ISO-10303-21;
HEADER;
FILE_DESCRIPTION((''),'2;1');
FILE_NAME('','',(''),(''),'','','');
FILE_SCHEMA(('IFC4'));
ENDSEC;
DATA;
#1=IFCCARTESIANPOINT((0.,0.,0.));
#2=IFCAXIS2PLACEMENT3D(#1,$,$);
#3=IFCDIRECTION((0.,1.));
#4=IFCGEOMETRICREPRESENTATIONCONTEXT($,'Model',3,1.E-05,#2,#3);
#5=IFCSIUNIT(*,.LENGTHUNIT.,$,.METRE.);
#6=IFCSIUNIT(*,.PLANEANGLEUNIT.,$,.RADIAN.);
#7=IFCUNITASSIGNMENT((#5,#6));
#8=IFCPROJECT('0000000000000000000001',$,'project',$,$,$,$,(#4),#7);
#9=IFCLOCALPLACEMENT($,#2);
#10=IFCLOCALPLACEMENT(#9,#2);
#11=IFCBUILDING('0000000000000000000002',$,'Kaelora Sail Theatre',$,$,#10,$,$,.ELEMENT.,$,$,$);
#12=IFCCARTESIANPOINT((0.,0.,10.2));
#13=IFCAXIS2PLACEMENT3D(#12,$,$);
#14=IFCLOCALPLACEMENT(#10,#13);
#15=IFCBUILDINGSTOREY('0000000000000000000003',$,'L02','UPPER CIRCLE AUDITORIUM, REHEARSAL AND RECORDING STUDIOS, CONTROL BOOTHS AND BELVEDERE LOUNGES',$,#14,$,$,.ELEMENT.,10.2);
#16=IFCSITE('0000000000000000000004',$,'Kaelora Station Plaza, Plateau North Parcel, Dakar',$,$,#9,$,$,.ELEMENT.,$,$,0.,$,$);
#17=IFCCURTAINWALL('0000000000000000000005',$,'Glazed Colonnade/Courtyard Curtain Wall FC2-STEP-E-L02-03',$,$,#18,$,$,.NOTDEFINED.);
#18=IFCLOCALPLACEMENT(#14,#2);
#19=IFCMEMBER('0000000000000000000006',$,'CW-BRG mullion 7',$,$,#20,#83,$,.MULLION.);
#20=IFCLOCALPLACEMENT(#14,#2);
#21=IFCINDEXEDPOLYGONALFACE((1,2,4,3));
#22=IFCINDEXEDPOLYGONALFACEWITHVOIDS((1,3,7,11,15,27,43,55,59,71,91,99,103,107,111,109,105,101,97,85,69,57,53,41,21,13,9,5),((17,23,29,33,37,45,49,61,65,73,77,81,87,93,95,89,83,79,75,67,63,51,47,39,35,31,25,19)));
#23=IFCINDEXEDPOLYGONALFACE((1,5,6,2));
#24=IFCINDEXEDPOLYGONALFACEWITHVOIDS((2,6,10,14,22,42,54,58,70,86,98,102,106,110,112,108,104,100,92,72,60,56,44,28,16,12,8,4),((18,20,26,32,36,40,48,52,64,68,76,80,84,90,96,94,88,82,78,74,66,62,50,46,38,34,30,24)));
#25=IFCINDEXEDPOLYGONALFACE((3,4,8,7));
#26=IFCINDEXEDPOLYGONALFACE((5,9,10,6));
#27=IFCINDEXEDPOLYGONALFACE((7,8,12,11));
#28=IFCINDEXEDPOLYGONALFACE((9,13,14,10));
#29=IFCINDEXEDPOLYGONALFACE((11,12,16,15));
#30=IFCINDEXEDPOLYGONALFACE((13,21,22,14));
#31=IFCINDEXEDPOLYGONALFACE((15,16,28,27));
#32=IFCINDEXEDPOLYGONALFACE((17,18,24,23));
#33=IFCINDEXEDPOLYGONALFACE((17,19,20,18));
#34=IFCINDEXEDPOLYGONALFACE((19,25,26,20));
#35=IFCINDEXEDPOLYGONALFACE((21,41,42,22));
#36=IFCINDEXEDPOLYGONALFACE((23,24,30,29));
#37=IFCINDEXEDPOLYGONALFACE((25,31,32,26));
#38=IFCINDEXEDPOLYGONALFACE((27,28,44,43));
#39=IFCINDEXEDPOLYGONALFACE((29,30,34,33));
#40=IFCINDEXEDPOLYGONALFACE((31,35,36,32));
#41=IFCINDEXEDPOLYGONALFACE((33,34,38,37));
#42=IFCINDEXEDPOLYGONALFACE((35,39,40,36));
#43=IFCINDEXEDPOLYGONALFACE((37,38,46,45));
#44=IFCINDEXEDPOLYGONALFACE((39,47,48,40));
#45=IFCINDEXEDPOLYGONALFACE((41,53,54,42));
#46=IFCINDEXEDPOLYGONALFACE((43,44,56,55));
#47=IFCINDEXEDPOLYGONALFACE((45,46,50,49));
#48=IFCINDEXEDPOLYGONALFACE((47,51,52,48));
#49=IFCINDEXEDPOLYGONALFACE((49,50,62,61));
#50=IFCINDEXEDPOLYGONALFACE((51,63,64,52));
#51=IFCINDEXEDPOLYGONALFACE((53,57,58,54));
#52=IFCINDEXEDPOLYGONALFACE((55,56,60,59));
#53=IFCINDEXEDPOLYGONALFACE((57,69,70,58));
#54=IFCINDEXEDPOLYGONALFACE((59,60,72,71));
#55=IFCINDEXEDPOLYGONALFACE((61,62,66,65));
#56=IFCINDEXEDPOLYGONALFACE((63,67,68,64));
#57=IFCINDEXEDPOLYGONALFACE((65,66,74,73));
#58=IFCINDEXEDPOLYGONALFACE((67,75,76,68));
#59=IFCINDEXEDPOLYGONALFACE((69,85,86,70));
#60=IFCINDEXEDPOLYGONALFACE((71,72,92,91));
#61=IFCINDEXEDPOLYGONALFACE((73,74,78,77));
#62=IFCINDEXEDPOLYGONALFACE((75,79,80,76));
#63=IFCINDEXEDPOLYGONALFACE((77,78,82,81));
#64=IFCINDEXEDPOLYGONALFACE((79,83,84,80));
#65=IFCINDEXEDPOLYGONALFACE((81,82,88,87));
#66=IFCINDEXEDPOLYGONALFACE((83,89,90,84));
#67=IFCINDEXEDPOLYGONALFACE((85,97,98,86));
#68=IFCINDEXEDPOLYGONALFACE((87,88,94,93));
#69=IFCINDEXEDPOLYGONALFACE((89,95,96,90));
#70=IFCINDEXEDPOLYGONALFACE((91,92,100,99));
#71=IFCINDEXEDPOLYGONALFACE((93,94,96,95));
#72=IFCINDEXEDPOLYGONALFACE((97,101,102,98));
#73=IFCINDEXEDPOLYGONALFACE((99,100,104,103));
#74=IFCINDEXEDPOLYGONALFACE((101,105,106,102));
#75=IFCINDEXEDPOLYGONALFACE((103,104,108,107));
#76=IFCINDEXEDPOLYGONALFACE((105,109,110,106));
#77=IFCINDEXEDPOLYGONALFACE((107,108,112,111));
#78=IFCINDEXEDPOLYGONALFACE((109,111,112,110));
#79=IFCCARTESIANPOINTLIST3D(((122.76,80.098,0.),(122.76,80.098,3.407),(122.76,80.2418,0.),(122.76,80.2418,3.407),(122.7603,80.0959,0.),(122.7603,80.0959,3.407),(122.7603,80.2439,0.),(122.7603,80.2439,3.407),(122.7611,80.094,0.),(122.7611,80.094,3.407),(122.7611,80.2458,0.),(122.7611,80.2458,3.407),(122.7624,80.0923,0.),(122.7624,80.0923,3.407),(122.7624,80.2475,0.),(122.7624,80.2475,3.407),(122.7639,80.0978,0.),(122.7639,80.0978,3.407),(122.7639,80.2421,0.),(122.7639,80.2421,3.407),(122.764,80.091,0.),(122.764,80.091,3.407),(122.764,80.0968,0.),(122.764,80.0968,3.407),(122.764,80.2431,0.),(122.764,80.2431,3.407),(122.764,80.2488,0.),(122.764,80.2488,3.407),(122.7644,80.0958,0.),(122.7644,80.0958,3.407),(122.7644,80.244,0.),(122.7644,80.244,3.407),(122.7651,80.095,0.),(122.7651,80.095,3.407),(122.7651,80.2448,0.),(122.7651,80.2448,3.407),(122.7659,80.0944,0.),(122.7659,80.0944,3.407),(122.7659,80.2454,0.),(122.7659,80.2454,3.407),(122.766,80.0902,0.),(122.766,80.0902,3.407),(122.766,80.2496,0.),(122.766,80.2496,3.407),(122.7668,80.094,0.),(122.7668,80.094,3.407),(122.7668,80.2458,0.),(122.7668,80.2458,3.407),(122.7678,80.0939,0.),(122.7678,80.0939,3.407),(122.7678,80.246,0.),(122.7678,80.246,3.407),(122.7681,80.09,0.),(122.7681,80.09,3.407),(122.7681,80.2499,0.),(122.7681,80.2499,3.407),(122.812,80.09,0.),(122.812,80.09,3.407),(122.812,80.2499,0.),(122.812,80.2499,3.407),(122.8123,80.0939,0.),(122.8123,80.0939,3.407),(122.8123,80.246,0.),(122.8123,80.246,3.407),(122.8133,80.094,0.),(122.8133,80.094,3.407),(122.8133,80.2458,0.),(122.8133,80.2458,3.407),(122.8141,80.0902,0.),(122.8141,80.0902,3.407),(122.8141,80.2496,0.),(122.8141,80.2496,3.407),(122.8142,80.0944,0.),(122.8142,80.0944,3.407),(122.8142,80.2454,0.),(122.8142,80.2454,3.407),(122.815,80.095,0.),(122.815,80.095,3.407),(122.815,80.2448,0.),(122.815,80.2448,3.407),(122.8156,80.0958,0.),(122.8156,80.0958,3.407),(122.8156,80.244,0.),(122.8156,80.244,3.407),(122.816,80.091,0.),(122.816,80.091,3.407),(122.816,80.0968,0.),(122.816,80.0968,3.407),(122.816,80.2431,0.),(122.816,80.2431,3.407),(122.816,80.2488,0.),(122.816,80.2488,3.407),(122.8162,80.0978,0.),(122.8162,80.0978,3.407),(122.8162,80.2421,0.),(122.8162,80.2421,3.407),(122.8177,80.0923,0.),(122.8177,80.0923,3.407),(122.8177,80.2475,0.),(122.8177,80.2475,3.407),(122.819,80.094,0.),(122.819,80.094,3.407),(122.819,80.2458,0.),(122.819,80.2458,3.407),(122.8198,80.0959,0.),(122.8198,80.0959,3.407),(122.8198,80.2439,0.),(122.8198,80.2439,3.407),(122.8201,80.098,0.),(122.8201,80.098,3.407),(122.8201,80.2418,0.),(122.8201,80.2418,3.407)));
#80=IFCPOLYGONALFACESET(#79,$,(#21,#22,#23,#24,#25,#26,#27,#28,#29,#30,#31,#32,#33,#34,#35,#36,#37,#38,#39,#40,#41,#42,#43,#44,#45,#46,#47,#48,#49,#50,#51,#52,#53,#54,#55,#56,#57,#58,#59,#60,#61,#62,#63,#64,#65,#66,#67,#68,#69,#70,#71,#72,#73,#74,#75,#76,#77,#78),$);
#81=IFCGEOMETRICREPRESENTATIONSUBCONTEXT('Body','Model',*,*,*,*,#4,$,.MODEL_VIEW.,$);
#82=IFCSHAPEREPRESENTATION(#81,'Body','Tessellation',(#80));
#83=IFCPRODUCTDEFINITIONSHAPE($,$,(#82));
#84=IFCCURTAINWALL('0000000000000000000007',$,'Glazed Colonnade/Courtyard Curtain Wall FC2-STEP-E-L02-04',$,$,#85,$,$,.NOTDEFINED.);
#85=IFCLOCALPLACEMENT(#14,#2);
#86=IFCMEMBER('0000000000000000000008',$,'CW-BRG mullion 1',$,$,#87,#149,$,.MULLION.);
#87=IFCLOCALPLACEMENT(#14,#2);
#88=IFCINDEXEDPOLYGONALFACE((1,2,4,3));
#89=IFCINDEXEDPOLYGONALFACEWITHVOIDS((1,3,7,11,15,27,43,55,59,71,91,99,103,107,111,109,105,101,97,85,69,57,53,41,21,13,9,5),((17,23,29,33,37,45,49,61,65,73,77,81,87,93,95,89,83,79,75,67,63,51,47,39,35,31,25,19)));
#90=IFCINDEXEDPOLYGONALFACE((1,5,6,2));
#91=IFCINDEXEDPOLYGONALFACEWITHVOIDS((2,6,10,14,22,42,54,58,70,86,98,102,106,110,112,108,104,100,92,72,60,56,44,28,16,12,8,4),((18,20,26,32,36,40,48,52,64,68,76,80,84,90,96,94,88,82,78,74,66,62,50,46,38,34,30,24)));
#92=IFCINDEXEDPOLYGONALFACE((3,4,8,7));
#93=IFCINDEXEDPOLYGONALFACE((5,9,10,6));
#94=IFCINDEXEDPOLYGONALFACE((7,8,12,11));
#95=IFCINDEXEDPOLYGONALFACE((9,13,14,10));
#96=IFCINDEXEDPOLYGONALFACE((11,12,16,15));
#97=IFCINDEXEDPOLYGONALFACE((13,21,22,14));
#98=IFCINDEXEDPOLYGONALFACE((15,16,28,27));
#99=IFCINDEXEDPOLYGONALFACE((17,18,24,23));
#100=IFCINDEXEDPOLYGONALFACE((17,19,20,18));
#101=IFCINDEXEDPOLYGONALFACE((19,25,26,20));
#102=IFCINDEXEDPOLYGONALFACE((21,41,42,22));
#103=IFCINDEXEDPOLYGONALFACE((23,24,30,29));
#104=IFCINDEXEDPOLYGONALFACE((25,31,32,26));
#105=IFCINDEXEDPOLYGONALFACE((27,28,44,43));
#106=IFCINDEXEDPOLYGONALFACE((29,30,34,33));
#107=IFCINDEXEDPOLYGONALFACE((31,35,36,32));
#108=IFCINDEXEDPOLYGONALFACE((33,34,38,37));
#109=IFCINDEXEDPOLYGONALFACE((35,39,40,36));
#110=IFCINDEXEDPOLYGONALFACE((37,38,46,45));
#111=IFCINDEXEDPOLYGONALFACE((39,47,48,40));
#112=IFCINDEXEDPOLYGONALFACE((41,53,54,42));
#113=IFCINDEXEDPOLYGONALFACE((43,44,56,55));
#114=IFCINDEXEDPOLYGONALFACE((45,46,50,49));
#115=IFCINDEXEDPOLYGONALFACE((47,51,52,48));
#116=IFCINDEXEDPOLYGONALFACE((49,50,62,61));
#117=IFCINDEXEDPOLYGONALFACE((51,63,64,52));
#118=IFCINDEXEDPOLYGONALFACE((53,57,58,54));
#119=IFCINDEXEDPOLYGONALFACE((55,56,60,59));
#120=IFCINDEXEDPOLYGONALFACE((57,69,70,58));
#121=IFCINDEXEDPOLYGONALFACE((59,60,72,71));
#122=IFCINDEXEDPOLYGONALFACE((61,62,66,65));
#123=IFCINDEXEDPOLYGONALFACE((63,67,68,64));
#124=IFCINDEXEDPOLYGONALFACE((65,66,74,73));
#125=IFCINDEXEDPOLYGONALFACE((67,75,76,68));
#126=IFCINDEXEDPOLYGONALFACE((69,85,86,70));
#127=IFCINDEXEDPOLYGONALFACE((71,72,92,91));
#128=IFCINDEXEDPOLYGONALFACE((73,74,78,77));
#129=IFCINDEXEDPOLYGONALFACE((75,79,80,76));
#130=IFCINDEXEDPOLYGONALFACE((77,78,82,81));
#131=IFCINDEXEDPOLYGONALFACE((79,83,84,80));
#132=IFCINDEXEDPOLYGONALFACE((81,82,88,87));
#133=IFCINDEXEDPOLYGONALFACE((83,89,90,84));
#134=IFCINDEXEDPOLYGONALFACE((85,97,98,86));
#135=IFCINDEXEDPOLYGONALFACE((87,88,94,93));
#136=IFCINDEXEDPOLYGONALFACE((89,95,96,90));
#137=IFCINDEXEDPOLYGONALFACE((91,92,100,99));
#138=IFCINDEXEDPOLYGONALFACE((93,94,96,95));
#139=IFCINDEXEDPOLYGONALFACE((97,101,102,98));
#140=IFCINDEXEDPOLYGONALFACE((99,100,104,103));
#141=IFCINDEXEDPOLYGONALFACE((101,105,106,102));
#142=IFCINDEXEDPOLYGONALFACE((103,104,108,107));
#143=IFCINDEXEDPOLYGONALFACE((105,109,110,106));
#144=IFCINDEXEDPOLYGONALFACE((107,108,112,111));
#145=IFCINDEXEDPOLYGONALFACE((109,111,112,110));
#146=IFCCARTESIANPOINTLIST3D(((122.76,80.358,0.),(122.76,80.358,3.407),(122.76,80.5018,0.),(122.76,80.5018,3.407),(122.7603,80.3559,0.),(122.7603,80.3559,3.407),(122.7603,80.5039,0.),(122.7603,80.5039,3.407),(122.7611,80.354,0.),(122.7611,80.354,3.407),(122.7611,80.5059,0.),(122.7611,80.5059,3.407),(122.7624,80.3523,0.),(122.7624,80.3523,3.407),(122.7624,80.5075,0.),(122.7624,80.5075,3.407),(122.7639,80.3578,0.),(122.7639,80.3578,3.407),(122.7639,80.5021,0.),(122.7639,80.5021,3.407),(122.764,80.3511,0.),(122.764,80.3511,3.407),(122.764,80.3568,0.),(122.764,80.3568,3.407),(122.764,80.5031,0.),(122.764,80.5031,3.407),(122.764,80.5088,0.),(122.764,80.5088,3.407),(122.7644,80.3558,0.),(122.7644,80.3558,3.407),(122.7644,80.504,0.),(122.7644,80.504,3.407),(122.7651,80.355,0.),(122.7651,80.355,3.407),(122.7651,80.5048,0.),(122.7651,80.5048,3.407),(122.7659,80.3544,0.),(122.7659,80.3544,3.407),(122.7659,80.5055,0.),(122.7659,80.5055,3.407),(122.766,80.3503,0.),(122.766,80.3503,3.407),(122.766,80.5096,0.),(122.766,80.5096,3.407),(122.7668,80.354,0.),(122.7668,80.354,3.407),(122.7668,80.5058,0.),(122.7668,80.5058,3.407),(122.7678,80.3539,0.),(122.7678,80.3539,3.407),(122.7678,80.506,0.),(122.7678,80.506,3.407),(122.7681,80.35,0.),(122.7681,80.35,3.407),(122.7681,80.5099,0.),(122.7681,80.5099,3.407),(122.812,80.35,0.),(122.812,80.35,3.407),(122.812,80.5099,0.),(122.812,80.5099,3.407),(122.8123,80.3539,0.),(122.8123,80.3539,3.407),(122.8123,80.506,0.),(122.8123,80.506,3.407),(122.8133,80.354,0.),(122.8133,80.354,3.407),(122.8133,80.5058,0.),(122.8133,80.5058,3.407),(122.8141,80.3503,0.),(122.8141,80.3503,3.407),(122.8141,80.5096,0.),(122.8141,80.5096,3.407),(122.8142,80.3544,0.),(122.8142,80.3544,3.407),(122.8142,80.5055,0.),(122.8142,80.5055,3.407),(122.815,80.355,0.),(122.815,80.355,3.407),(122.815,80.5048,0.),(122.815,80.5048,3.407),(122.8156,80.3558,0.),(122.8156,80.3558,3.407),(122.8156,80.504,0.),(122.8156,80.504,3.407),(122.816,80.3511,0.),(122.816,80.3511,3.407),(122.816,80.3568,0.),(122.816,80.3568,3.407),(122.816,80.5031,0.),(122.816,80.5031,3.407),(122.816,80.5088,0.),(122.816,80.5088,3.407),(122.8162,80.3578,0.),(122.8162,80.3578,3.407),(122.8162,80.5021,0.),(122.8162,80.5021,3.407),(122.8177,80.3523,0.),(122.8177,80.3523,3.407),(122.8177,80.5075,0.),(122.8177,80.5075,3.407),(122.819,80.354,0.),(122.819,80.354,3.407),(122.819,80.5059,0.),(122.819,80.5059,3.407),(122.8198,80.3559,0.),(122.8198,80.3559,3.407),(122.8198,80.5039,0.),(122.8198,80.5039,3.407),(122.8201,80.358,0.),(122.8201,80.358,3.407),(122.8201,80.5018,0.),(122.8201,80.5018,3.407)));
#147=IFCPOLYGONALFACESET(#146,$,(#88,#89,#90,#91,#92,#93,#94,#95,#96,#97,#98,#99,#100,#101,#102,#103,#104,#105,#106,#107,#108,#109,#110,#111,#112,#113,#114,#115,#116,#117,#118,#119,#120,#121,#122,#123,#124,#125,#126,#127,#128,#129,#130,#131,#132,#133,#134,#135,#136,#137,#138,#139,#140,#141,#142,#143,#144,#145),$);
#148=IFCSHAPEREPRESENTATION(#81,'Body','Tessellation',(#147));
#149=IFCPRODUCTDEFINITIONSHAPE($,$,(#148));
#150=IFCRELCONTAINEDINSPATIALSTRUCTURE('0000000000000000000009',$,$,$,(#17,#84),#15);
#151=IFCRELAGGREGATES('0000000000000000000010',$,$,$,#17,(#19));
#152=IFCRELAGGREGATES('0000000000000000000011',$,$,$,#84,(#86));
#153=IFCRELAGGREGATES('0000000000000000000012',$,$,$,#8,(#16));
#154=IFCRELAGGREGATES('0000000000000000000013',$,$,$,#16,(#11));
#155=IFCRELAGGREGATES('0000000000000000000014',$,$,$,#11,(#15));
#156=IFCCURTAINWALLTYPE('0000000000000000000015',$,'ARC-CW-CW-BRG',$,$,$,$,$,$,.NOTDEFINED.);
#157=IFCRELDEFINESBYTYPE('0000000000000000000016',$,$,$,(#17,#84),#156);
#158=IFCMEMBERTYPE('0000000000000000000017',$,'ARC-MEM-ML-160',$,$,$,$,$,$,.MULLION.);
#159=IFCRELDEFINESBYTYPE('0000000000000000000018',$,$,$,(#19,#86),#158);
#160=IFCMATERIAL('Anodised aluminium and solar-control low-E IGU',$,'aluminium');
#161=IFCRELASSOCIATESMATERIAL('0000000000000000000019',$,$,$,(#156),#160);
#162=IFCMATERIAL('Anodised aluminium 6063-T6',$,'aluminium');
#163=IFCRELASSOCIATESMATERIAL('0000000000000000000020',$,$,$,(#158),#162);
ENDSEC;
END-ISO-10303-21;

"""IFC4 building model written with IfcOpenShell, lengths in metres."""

from ifc_helpers import new_model, si_unit, direction, frame, origin, origin_2d, place, context, subcontext, project, spatial, hollow_rectangle, extrude, material, material_profile, profile_set, type_object, element, aggregate, save


model = new_model("IFC4")

# Units and contexts
model_context = context("Model", 3, precision=1e-05, world=origin(), true_north=direction((0.0, 1.0)))
body_context = subcontext(model_context, "Body", "Model", "MODEL_VIEW")
ifc_project = project(units=[si_unit("LENGTHUNIT", "METRE"), si_unit("PLANEANGLEUNIT", "RADIAN")], contexts=[model_context])

# Site, building, storey
site_placement = place(None, origin())
site = spatial("IfcSite", under=ifc_project, at=site_placement, Name="Kaelora Station Plaza, Plateau North Parcel, Dakar", CompositionType="ELEMENT", RefElevation=0.0)
building_placement = place(site_placement, origin())
building = spatial("IfcBuilding", under=site, at=building_placement, Name="Kaelora Sail Theatre", CompositionType="ELEMENT")
storey_placement = place(building_placement, frame((0.0, 0.0, 10.2)))
storey = spatial("IfcBuildingStorey", under=building, at=storey_placement, Name="L02", Description="UPPER CIRCLE AUDITORIUM, REHEARSAL AND RECORDING STUDIOS, CONTROL BOOTHS AND BELVEDERE LOUNGES", CompositionType="ELEMENT", Elevation=10.2)

# Curtain walls, members
ifc_material_1 = material(Name="Anodised aluminium and solar-control low-E IGU", Category="aluminium")
curtain_wall_type = type_object("IfcCurtainWallType", Name="ARC-CW-CW-BRG", PredefinedType="NOTDEFINED", material=ifc_material_1)
curtain_wall_1_placement = place(storey_placement, origin())
curtain_wall_1 = element("IfcCurtainWall", 1, at=curtain_wall_1_placement, inside=storey, type_object=curtain_wall_type, Name="Glazed Colonnade/Courtyard Curtain Wall FC2-STEP-E-L02-03", PredefinedType="NOTDEFINED")
ifc_material_2 = material(Name="Anodised aluminium 6063-T6", Category="aluminium")
ifc_material_profile_1 = material_profile(ifc_material_2, hollow_rectangle(XDim=0.0601, YDim=0.1599, WallThickness=0.0039, InnerFilletRadius=0.0039, OuterFilletRadius=0.0081, at=origin_2d()), Name="ALU-MULL 60x160x4")
ifc_profile_set_1 = profile_set([ifc_material_profile_1], Name="Anodised aluminium 6063-T6")
member_type_1 = type_object("IfcMemberType", Name="ARC-MEM-ML-160", PredefinedType="MULLION", material=ifc_profile_set_1)
member_1_placement = place(storey_placement, frame((122.79, 80.1699, 0.0), z_axis=(0.0, 0.0, 1.0), x_axis=(-1.0, 0.0, 0.0)))
member_1 = element("IfcMember", 2, at=member_1_placement, type_object=member_type_1, Name="CW-BRG mullion 7", PredefinedType="MULLION", context=body_context, shape_type="SweptSolid", body=[
    extrude(hollow_rectangle(XDim=0.0601, YDim=0.1599, WallThickness=0.0039, InnerFilletRadius=0.0039, OuterFilletRadius=0.0081, at=origin_2d()), origin(), (0.0, 0.0, 1.0), 3.407),
])
curtain_wall_2_placement = place(storey_placement, origin())
curtain_wall_2 = element("IfcCurtainWall", 3, at=curtain_wall_2_placement, inside=storey, type_object=curtain_wall_type, Name="Glazed Colonnade/Courtyard Curtain Wall FC2-STEP-E-L02-04", PredefinedType="NOTDEFINED")
member_2_placement = place(storey_placement, frame((122.79, 80.4299, 0.0), z_axis=(0.0, 0.0, 1.0), x_axis=(-1.0, 0.0, 0.0)))
member_2 = element("IfcMember", 4, at=member_2_placement, type_object=member_type_1, Name="CW-BRG mullion 1", PredefinedType="MULLION", context=body_context, shape_type="SweptSolid", body=[
    extrude(hollow_rectangle(XDim=0.0601, YDim=0.1599, WallThickness=0.0039, InnerFilletRadius=0.0039, OuterFilletRadius=0.0081, at=origin_2d()), origin(), (0.0, 0.0, 1.0), 3.407),
])

aggregate(curtain_wall_1, [member_1])
aggregate(curtain_wall_2, [member_2])

save(model, "model.ifc")
